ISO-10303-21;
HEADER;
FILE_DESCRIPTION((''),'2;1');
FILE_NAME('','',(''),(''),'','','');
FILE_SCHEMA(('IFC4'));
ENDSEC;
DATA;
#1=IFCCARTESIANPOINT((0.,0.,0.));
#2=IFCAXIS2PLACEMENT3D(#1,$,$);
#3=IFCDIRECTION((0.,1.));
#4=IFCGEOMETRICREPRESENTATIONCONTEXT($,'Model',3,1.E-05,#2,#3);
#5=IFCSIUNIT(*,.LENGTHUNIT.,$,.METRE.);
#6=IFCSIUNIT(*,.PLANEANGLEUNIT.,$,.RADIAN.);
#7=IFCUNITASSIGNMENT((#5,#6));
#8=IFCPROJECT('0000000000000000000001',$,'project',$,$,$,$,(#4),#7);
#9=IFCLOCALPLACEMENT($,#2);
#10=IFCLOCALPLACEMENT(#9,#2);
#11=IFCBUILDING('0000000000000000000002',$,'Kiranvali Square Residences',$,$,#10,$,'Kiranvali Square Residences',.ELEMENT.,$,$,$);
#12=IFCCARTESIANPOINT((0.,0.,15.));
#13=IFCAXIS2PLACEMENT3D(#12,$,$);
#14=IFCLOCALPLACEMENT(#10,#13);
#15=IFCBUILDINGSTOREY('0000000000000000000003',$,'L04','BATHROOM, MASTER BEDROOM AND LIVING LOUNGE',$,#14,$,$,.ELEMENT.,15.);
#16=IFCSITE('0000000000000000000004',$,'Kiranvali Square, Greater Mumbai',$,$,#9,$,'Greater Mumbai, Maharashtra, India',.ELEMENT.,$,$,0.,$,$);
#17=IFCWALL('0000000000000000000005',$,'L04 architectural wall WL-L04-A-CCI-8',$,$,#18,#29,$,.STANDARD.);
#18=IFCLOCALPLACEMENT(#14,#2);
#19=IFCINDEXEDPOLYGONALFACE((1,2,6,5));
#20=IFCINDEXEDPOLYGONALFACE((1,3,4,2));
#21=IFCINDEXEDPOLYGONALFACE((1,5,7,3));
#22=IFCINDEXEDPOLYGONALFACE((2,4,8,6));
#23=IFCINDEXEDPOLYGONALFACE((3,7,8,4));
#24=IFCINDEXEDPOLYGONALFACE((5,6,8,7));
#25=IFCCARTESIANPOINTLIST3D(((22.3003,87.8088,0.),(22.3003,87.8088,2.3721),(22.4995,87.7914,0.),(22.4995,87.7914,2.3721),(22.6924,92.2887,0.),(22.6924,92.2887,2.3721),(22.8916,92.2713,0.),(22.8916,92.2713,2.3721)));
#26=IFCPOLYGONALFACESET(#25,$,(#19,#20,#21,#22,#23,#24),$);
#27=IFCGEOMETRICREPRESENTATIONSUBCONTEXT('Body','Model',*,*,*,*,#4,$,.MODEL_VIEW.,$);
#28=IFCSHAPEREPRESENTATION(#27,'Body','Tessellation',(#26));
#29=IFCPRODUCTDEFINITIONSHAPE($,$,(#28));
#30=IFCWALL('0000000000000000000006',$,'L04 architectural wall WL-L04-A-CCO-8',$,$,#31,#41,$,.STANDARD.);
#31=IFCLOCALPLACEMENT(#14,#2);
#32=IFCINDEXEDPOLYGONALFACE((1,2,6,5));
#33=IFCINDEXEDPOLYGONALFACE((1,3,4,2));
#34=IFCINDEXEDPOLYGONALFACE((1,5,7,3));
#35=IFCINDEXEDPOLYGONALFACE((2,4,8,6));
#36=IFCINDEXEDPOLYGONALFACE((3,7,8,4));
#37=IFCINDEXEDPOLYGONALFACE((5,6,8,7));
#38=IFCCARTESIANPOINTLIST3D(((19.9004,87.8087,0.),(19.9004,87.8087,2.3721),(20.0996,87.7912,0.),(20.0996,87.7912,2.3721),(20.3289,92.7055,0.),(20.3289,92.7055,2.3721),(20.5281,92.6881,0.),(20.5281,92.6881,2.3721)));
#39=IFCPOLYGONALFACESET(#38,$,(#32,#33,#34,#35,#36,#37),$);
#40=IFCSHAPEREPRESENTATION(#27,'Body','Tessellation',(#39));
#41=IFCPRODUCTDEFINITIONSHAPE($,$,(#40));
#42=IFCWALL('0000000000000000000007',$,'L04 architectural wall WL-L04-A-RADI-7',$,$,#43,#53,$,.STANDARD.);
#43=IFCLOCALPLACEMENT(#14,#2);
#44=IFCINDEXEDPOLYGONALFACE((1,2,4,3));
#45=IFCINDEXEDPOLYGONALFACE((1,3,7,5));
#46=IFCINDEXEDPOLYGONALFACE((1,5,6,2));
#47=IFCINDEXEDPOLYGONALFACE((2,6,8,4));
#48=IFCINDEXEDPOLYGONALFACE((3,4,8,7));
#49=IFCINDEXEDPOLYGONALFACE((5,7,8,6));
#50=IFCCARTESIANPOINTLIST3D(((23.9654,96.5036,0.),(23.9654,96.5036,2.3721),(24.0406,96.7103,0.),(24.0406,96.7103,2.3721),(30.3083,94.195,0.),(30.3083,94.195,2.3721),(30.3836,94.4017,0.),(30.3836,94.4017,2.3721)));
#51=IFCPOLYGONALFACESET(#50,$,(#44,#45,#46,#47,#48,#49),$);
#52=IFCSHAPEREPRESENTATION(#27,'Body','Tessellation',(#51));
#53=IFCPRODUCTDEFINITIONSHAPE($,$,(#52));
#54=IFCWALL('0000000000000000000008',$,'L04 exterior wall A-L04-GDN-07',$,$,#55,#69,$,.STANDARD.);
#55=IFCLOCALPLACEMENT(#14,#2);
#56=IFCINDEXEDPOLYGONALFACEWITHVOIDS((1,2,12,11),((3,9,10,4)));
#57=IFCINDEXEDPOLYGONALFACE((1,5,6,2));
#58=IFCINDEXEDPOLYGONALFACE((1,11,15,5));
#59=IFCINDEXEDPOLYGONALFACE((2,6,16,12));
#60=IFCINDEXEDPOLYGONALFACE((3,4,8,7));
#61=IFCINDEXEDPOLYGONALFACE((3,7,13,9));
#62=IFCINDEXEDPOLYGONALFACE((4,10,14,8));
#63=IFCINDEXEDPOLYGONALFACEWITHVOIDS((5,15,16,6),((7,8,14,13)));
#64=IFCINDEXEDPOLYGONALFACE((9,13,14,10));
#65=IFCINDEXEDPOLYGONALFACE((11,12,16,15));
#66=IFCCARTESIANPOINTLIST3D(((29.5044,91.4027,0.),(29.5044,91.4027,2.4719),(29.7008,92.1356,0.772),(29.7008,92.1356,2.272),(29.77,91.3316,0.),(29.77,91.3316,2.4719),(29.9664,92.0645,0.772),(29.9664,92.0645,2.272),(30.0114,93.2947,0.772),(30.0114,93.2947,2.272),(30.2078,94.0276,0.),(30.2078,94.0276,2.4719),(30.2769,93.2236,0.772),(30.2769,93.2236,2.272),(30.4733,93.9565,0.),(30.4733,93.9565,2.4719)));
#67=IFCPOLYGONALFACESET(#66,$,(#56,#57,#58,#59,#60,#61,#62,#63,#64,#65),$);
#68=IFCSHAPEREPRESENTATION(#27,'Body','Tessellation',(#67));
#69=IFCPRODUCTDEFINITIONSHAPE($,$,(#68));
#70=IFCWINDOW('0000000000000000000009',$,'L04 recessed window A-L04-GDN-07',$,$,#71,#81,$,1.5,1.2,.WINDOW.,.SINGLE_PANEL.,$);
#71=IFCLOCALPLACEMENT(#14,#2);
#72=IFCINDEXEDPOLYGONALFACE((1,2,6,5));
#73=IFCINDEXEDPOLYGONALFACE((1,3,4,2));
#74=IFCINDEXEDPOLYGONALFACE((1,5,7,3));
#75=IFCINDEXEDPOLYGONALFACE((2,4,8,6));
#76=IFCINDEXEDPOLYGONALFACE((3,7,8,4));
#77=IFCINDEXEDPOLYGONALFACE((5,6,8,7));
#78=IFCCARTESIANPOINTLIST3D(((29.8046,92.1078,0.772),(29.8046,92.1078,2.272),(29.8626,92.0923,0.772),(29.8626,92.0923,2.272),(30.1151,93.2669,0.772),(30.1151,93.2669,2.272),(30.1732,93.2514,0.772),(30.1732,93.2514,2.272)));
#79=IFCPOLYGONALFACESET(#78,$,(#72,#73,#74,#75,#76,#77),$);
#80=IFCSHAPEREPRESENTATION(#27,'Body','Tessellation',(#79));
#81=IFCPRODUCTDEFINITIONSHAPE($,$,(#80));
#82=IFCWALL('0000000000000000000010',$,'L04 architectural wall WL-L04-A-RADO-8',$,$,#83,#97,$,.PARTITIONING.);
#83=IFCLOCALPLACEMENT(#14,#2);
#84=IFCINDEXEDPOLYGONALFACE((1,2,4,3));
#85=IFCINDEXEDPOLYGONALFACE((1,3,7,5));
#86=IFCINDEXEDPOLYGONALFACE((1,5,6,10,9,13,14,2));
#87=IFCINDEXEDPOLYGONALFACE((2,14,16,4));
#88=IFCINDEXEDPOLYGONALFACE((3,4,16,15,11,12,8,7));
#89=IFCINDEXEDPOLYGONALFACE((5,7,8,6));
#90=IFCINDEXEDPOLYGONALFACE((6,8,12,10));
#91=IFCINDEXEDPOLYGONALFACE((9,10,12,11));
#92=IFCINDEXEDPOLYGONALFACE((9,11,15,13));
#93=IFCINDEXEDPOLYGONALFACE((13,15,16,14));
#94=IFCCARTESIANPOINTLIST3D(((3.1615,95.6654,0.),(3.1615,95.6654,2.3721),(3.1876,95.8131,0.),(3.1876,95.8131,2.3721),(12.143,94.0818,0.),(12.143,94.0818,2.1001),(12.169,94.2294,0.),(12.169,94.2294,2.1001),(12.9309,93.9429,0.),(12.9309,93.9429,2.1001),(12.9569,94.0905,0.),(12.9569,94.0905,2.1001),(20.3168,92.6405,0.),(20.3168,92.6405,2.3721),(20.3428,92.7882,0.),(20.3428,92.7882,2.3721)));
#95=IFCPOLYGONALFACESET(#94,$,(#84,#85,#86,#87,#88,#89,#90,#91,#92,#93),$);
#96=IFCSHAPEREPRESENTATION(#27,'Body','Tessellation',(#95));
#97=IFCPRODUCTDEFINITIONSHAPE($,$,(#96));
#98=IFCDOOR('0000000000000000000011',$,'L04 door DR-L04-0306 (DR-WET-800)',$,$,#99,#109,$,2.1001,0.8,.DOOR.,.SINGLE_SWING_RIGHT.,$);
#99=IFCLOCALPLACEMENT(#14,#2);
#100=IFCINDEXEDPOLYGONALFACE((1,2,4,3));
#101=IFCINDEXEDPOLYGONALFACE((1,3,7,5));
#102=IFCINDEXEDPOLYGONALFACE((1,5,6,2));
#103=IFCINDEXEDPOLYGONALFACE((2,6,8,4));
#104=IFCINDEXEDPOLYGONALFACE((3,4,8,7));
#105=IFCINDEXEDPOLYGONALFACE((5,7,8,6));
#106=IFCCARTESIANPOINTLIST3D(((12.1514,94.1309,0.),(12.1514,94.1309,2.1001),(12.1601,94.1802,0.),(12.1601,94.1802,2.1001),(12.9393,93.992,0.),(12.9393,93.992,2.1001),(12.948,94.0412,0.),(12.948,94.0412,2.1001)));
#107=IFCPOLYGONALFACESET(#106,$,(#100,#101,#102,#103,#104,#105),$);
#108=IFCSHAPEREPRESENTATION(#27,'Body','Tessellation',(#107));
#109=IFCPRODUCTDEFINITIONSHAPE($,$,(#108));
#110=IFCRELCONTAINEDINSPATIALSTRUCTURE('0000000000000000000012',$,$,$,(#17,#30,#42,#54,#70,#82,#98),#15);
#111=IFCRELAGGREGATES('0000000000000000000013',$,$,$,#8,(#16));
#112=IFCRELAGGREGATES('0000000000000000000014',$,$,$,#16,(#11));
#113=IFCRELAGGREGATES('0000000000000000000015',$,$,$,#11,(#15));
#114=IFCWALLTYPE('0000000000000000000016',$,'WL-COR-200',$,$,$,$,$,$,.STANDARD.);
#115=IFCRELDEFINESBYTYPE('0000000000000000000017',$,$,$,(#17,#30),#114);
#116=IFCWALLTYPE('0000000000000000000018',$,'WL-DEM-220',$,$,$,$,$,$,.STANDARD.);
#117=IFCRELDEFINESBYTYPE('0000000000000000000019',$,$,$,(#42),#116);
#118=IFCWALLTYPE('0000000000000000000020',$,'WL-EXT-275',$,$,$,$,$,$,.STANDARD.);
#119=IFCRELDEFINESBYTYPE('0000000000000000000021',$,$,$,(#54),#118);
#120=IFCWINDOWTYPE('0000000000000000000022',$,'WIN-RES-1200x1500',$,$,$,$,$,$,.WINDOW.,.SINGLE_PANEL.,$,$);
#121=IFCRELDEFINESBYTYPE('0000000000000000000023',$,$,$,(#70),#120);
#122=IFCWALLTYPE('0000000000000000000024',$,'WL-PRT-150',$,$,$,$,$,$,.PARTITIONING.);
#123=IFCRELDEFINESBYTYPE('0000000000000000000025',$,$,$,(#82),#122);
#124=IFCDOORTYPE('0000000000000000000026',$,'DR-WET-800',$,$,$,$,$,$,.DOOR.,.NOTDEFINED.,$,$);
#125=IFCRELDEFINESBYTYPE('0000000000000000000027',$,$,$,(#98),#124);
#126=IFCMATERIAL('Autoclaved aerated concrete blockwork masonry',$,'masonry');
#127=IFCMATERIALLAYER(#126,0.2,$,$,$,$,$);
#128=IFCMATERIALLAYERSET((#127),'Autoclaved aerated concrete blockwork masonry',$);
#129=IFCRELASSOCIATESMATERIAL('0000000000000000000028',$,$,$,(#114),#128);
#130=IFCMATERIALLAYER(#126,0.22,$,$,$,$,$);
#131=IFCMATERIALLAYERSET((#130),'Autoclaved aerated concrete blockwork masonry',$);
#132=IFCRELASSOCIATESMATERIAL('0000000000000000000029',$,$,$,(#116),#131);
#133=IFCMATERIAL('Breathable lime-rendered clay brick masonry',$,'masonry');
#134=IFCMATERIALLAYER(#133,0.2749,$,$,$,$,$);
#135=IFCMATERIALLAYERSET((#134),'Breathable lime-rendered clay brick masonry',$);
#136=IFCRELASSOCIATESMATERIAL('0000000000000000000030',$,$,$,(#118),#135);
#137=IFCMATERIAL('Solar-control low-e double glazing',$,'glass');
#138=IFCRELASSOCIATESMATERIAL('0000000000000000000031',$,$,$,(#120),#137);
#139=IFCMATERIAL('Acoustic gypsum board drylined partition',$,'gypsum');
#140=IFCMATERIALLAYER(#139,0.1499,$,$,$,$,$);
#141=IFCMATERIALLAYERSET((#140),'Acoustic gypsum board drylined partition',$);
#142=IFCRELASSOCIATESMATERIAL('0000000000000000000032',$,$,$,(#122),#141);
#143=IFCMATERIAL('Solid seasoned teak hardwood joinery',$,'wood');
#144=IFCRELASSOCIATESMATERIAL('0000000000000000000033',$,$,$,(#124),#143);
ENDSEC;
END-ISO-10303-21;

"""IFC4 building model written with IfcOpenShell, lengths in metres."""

from ifc_helpers import new_model, si_unit, direction, frame, frame_2d, origin, place, context, subcontext, project, spatial, rectangle, extrude, material, layer, layer_set, type_object, element, fill, save


model = new_model("IFC4")

# Units and contexts
model_context = context("Model", 3, precision=1e-05, world=origin(), true_north=direction((0.0, 1.0)))
body_context = subcontext(model_context, "Body", "Model", "MODEL_VIEW")
ifc_project = project(units=[si_unit("LENGTHUNIT", "METRE"), si_unit("PLANEANGLEUNIT", "RADIAN")], contexts=[model_context])

# Site, building, storey
site_placement = place(None, origin())
site = spatial("IfcSite", under=ifc_project, at=site_placement, Name="Kiranvali Square, Greater Mumbai", LongName="Greater Mumbai, Maharashtra, India", CompositionType="ELEMENT", RefElevation=0.0)
building_placement = place(site_placement, origin())
building = spatial("IfcBuilding", under=site, at=building_placement, Name="Kiranvali Square Residences", LongName="Kiranvali Square Residences", CompositionType="ELEMENT")
storey_placement = place(building_placement, frame((0.0, 0.0, 15.0)))
storey = spatial("IfcBuildingStorey", under=building, at=storey_placement, Name="L04", Description="BATHROOM, MASTER BEDROOM AND LIVING LOUNGE", CompositionType="ELEMENT", Elevation=15.0)

# Shared definitions
ifc_material_1 = material(Name="Autoclaved aerated concrete blockwork masonry", Category="masonry")
ifc_layer_1 = layer(ifc_material_1, 0.2)
ifc_layer_set_1 = layer_set([ifc_layer_1], Name="Autoclaved aerated concrete blockwork masonry")
wall_type_1 = type_object("IfcWallType", Name="WL-COR-200", PredefinedType="STANDARD", material=ifc_layer_set_1)

# Walls
wall_1_placement = place(storey_placement, frame((22.792, 92.28, 0.0), z_axis=(0.0, 0.0, 1.0), x_axis=(-0.087187, -0.996192, 0.0)))
element("IfcWall", 1, at=wall_1_placement, inside=storey, type_object=wall_type_1, Name="L04 architectural wall WL-L04-A-CCI-8", PredefinedType="STANDARD", context=body_context, shape_type="SweptSolid", body=[
    extrude(rectangle(XDim=4.4971, YDim=0.2, at=frame_2d((2.2485, 0.0))), origin(), (0.0, 0.0, 1.0), 2.3721),
])
wall_2_placement = place(storey_placement, frame((20.4285, 92.6968, 0.0), z_axis=(0.0, 0.0, 1.0), x_axis=(-0.087168, -0.996194, 0.0)))
element("IfcWall", 2, at=wall_2_placement, inside=storey, type_object=wall_type_1, Name="L04 architectural wall WL-L04-A-CCO-8", PredefinedType="STANDARD", context=body_context, shape_type="SweptSolid", body=[
    extrude(rectangle(XDim=4.9155, YDim=0.2, at=frame_2d((2.4578, 0.0))), origin(), (0.0, 0.0, 1.0), 2.3721),
])
ifc_layer_2 = layer(ifc_material_1, 0.22)
ifc_layer_set_2 = layer_set([ifc_layer_2], Name="Autoclaved aerated concrete blockwork masonry")
wall_type_2 = type_object("IfcWallType", Name="WL-DEM-220", PredefinedType="STANDARD", material=ifc_layer_set_2)
wall_3_placement = place(storey_placement, frame((30.3459, 94.2983, 0.0), z_axis=(0.0, 0.0, 1.0), x_axis=(-0.939696, 0.34201, 0.0)))
element("IfcWall", 3, at=wall_3_placement, inside=storey, type_object=wall_type_2, Name="L04 architectural wall WL-L04-A-RADI-7", PredefinedType="STANDARD", context=body_context, shape_type="SweptSolid", body=[
    extrude(rectangle(XDim=6.75, YDim=0.22, at=frame_2d((3.375, 0.0))), origin(), (0.0, 0.0, 1.0), 2.3721),
])

# Wall, opening, window
ifc_material_2 = material(Name="Breathable lime-rendered clay brick masonry", Category="masonry")
ifc_layer_3 = layer(ifc_material_2, 0.2749)
ifc_layer_set_3 = layer_set([ifc_layer_3], Name="Breathable lime-rendered clay brick masonry")
wall_type_3 = type_object("IfcWallType", Name="WL-EXT-275", PredefinedType="STANDARD", material=ifc_layer_set_3)
wall_4_placement = place(storey_placement, frame((30.3406, 93.9922, 0.0), z_axis=(0.0, 0.0, 1.0), x_axis=(-0.25882, -0.965926, 0.0)))
wall_4 = element("IfcWall", 4, at=wall_4_placement, inside=storey, type_object=wall_type_3, Name="L04 exterior wall A-L04-GDN-07", PredefinedType="STANDARD", context=body_context, shape_type="SweptSolid", body=[
    extrude(rectangle(XDim=2.7175, YDim=0.2749, at=frame_2d((1.3589, 0.0))), origin(), (0.0, 0.0, 1.0), 2.4719),
])
opening_1_placement = place(wall_4_placement, frame((0.7588, 0.0, 0.772)))
opening_1 = element("IfcOpeningElement", 5, at=opening_1_placement, cuts=wall_4, PredefinedType="OPENING", context=body_context, shape_type="SweptSolid", body=[
    extrude(rectangle(XDim=1.2, YDim=1.5, at=frame_2d((0.6001, 0.75))), frame((0.0, 0.1475, 0.0), z_axis=(0.0, -1.0, 0.0), x_axis=(1.0, 0.0, 0.0)), (0.0, 0.0, 1.0), 0.2949),
])
ifc_material_3 = material(Name="Solar-control low-e double glazing", Category="glass")
window_type = type_object("IfcWindowType", Name="WIN-RES-1200x1500", PartitioningType="SINGLE_PANEL", PredefinedType="WINDOW", material=ifc_material_3)
window_placement = place(opening_1_placement, origin())
window = element("IfcWindow", 6, at=window_placement, inside=storey, type_object=window_type, Name="L04 recessed window A-L04-GDN-07", OverallHeight=1.5, OverallWidth=1.2, PartitioningType="SINGLE_PANEL", PredefinedType="WINDOW", context=body_context, shape_type="SweptSolid", body=[
    extrude(rectangle(XDim=1.2, YDim=1.5, at=frame_2d((0.6001, 0.75))), frame((0.0, 0.03, 0.0), z_axis=(0.0, -1.0, 0.0), x_axis=(1.0, 0.0, 0.0)), (0.0, 0.0, 1.0), 0.0601),
])
fill(opening_1, window)

# Wall, opening, door
ifc_material_4 = material(Name="Acoustic gypsum board drylined partition", Category="gypsum")
ifc_layer_4 = layer(ifc_material_4, 0.1499)
ifc_layer_set_4 = layer_set([ifc_layer_4], Name="Acoustic gypsum board drylined partition")
wall_type_4 = type_object("IfcWallType", Name="WL-PRT-150", PredefinedType="PARTITIONING", material=ifc_layer_set_4)
wall_5_placement = place(storey_placement, frame((20.3298, 92.7144, 0.0), z_axis=(0.0, 0.0, 1.0), x_axis=(-0.984808, 0.173646, 0.0)))
wall_5 = element("IfcWall", 7, at=wall_5_placement, inside=storey, type_object=wall_type_4, Name="L04 architectural wall WL-L04-A-RADO-8", PredefinedType="PARTITIONING", context=body_context, shape_type="SweptSolid", body=[
    extrude(rectangle(XDim=17.4199, YDim=0.1499, at=frame_2d((8.71, 0.0))), origin(), (0.0, 0.0, 1.0), 2.3721),
])
opening_2_placement = place(wall_5_placement, frame((7.5, 0.0, 0.0)))
opening_2 = element("IfcOpeningElement", 8, at=opening_2_placement, cuts=wall_5, PredefinedType="OPENING", context=body_context, shape_type="SweptSolid", body=[
    extrude(rectangle(XDim=0.8, YDim=2.1001, at=frame_2d((0.3999, 1.05))), frame((0.0, 0.085, 0.0), z_axis=(0.0, -1.0, 0.0), x_axis=(1.0, 0.0, 0.0)), (0.0, 0.0, 1.0), 0.1699),
])
ifc_material_5 = material(Name="Solid seasoned teak hardwood joinery", Category="wood")
door_type_1 = type_object("IfcDoorType", Name="DR-WET-800", OperationType="NOTDEFINED", PredefinedType="DOOR", material=ifc_material_5)
door_1_placement = place(opening_2_placement, frame((0.8, 0.0, 0.0), z_axis=(0.0, 0.0, 1.0), x_axis=(-1.0, 0.0, 0.0)))
door_1 = element("IfcDoor", 9, at=door_1_placement, inside=storey, type_object=door_type_1, Name="L04 door DR-L04-0306 (DR-WET-800)", OperationType="SINGLE_SWING_RIGHT", OverallHeight=2.1001, OverallWidth=0.8, PredefinedType="DOOR", context=body_context, shape_type="SweptSolid", body=[
    extrude(rectangle(XDim=0.8, YDim=2.1001, at=frame_2d((0.3999, 1.05))), frame((0.0, 0.0249, 0.0), z_axis=(0.0, -1.0, 0.0), x_axis=(1.0, 0.0, 0.0)), (0.0, 0.0, 1.0), 0.05),
])
fill(opening_2, door_1)

save(model, "model.ifc")
